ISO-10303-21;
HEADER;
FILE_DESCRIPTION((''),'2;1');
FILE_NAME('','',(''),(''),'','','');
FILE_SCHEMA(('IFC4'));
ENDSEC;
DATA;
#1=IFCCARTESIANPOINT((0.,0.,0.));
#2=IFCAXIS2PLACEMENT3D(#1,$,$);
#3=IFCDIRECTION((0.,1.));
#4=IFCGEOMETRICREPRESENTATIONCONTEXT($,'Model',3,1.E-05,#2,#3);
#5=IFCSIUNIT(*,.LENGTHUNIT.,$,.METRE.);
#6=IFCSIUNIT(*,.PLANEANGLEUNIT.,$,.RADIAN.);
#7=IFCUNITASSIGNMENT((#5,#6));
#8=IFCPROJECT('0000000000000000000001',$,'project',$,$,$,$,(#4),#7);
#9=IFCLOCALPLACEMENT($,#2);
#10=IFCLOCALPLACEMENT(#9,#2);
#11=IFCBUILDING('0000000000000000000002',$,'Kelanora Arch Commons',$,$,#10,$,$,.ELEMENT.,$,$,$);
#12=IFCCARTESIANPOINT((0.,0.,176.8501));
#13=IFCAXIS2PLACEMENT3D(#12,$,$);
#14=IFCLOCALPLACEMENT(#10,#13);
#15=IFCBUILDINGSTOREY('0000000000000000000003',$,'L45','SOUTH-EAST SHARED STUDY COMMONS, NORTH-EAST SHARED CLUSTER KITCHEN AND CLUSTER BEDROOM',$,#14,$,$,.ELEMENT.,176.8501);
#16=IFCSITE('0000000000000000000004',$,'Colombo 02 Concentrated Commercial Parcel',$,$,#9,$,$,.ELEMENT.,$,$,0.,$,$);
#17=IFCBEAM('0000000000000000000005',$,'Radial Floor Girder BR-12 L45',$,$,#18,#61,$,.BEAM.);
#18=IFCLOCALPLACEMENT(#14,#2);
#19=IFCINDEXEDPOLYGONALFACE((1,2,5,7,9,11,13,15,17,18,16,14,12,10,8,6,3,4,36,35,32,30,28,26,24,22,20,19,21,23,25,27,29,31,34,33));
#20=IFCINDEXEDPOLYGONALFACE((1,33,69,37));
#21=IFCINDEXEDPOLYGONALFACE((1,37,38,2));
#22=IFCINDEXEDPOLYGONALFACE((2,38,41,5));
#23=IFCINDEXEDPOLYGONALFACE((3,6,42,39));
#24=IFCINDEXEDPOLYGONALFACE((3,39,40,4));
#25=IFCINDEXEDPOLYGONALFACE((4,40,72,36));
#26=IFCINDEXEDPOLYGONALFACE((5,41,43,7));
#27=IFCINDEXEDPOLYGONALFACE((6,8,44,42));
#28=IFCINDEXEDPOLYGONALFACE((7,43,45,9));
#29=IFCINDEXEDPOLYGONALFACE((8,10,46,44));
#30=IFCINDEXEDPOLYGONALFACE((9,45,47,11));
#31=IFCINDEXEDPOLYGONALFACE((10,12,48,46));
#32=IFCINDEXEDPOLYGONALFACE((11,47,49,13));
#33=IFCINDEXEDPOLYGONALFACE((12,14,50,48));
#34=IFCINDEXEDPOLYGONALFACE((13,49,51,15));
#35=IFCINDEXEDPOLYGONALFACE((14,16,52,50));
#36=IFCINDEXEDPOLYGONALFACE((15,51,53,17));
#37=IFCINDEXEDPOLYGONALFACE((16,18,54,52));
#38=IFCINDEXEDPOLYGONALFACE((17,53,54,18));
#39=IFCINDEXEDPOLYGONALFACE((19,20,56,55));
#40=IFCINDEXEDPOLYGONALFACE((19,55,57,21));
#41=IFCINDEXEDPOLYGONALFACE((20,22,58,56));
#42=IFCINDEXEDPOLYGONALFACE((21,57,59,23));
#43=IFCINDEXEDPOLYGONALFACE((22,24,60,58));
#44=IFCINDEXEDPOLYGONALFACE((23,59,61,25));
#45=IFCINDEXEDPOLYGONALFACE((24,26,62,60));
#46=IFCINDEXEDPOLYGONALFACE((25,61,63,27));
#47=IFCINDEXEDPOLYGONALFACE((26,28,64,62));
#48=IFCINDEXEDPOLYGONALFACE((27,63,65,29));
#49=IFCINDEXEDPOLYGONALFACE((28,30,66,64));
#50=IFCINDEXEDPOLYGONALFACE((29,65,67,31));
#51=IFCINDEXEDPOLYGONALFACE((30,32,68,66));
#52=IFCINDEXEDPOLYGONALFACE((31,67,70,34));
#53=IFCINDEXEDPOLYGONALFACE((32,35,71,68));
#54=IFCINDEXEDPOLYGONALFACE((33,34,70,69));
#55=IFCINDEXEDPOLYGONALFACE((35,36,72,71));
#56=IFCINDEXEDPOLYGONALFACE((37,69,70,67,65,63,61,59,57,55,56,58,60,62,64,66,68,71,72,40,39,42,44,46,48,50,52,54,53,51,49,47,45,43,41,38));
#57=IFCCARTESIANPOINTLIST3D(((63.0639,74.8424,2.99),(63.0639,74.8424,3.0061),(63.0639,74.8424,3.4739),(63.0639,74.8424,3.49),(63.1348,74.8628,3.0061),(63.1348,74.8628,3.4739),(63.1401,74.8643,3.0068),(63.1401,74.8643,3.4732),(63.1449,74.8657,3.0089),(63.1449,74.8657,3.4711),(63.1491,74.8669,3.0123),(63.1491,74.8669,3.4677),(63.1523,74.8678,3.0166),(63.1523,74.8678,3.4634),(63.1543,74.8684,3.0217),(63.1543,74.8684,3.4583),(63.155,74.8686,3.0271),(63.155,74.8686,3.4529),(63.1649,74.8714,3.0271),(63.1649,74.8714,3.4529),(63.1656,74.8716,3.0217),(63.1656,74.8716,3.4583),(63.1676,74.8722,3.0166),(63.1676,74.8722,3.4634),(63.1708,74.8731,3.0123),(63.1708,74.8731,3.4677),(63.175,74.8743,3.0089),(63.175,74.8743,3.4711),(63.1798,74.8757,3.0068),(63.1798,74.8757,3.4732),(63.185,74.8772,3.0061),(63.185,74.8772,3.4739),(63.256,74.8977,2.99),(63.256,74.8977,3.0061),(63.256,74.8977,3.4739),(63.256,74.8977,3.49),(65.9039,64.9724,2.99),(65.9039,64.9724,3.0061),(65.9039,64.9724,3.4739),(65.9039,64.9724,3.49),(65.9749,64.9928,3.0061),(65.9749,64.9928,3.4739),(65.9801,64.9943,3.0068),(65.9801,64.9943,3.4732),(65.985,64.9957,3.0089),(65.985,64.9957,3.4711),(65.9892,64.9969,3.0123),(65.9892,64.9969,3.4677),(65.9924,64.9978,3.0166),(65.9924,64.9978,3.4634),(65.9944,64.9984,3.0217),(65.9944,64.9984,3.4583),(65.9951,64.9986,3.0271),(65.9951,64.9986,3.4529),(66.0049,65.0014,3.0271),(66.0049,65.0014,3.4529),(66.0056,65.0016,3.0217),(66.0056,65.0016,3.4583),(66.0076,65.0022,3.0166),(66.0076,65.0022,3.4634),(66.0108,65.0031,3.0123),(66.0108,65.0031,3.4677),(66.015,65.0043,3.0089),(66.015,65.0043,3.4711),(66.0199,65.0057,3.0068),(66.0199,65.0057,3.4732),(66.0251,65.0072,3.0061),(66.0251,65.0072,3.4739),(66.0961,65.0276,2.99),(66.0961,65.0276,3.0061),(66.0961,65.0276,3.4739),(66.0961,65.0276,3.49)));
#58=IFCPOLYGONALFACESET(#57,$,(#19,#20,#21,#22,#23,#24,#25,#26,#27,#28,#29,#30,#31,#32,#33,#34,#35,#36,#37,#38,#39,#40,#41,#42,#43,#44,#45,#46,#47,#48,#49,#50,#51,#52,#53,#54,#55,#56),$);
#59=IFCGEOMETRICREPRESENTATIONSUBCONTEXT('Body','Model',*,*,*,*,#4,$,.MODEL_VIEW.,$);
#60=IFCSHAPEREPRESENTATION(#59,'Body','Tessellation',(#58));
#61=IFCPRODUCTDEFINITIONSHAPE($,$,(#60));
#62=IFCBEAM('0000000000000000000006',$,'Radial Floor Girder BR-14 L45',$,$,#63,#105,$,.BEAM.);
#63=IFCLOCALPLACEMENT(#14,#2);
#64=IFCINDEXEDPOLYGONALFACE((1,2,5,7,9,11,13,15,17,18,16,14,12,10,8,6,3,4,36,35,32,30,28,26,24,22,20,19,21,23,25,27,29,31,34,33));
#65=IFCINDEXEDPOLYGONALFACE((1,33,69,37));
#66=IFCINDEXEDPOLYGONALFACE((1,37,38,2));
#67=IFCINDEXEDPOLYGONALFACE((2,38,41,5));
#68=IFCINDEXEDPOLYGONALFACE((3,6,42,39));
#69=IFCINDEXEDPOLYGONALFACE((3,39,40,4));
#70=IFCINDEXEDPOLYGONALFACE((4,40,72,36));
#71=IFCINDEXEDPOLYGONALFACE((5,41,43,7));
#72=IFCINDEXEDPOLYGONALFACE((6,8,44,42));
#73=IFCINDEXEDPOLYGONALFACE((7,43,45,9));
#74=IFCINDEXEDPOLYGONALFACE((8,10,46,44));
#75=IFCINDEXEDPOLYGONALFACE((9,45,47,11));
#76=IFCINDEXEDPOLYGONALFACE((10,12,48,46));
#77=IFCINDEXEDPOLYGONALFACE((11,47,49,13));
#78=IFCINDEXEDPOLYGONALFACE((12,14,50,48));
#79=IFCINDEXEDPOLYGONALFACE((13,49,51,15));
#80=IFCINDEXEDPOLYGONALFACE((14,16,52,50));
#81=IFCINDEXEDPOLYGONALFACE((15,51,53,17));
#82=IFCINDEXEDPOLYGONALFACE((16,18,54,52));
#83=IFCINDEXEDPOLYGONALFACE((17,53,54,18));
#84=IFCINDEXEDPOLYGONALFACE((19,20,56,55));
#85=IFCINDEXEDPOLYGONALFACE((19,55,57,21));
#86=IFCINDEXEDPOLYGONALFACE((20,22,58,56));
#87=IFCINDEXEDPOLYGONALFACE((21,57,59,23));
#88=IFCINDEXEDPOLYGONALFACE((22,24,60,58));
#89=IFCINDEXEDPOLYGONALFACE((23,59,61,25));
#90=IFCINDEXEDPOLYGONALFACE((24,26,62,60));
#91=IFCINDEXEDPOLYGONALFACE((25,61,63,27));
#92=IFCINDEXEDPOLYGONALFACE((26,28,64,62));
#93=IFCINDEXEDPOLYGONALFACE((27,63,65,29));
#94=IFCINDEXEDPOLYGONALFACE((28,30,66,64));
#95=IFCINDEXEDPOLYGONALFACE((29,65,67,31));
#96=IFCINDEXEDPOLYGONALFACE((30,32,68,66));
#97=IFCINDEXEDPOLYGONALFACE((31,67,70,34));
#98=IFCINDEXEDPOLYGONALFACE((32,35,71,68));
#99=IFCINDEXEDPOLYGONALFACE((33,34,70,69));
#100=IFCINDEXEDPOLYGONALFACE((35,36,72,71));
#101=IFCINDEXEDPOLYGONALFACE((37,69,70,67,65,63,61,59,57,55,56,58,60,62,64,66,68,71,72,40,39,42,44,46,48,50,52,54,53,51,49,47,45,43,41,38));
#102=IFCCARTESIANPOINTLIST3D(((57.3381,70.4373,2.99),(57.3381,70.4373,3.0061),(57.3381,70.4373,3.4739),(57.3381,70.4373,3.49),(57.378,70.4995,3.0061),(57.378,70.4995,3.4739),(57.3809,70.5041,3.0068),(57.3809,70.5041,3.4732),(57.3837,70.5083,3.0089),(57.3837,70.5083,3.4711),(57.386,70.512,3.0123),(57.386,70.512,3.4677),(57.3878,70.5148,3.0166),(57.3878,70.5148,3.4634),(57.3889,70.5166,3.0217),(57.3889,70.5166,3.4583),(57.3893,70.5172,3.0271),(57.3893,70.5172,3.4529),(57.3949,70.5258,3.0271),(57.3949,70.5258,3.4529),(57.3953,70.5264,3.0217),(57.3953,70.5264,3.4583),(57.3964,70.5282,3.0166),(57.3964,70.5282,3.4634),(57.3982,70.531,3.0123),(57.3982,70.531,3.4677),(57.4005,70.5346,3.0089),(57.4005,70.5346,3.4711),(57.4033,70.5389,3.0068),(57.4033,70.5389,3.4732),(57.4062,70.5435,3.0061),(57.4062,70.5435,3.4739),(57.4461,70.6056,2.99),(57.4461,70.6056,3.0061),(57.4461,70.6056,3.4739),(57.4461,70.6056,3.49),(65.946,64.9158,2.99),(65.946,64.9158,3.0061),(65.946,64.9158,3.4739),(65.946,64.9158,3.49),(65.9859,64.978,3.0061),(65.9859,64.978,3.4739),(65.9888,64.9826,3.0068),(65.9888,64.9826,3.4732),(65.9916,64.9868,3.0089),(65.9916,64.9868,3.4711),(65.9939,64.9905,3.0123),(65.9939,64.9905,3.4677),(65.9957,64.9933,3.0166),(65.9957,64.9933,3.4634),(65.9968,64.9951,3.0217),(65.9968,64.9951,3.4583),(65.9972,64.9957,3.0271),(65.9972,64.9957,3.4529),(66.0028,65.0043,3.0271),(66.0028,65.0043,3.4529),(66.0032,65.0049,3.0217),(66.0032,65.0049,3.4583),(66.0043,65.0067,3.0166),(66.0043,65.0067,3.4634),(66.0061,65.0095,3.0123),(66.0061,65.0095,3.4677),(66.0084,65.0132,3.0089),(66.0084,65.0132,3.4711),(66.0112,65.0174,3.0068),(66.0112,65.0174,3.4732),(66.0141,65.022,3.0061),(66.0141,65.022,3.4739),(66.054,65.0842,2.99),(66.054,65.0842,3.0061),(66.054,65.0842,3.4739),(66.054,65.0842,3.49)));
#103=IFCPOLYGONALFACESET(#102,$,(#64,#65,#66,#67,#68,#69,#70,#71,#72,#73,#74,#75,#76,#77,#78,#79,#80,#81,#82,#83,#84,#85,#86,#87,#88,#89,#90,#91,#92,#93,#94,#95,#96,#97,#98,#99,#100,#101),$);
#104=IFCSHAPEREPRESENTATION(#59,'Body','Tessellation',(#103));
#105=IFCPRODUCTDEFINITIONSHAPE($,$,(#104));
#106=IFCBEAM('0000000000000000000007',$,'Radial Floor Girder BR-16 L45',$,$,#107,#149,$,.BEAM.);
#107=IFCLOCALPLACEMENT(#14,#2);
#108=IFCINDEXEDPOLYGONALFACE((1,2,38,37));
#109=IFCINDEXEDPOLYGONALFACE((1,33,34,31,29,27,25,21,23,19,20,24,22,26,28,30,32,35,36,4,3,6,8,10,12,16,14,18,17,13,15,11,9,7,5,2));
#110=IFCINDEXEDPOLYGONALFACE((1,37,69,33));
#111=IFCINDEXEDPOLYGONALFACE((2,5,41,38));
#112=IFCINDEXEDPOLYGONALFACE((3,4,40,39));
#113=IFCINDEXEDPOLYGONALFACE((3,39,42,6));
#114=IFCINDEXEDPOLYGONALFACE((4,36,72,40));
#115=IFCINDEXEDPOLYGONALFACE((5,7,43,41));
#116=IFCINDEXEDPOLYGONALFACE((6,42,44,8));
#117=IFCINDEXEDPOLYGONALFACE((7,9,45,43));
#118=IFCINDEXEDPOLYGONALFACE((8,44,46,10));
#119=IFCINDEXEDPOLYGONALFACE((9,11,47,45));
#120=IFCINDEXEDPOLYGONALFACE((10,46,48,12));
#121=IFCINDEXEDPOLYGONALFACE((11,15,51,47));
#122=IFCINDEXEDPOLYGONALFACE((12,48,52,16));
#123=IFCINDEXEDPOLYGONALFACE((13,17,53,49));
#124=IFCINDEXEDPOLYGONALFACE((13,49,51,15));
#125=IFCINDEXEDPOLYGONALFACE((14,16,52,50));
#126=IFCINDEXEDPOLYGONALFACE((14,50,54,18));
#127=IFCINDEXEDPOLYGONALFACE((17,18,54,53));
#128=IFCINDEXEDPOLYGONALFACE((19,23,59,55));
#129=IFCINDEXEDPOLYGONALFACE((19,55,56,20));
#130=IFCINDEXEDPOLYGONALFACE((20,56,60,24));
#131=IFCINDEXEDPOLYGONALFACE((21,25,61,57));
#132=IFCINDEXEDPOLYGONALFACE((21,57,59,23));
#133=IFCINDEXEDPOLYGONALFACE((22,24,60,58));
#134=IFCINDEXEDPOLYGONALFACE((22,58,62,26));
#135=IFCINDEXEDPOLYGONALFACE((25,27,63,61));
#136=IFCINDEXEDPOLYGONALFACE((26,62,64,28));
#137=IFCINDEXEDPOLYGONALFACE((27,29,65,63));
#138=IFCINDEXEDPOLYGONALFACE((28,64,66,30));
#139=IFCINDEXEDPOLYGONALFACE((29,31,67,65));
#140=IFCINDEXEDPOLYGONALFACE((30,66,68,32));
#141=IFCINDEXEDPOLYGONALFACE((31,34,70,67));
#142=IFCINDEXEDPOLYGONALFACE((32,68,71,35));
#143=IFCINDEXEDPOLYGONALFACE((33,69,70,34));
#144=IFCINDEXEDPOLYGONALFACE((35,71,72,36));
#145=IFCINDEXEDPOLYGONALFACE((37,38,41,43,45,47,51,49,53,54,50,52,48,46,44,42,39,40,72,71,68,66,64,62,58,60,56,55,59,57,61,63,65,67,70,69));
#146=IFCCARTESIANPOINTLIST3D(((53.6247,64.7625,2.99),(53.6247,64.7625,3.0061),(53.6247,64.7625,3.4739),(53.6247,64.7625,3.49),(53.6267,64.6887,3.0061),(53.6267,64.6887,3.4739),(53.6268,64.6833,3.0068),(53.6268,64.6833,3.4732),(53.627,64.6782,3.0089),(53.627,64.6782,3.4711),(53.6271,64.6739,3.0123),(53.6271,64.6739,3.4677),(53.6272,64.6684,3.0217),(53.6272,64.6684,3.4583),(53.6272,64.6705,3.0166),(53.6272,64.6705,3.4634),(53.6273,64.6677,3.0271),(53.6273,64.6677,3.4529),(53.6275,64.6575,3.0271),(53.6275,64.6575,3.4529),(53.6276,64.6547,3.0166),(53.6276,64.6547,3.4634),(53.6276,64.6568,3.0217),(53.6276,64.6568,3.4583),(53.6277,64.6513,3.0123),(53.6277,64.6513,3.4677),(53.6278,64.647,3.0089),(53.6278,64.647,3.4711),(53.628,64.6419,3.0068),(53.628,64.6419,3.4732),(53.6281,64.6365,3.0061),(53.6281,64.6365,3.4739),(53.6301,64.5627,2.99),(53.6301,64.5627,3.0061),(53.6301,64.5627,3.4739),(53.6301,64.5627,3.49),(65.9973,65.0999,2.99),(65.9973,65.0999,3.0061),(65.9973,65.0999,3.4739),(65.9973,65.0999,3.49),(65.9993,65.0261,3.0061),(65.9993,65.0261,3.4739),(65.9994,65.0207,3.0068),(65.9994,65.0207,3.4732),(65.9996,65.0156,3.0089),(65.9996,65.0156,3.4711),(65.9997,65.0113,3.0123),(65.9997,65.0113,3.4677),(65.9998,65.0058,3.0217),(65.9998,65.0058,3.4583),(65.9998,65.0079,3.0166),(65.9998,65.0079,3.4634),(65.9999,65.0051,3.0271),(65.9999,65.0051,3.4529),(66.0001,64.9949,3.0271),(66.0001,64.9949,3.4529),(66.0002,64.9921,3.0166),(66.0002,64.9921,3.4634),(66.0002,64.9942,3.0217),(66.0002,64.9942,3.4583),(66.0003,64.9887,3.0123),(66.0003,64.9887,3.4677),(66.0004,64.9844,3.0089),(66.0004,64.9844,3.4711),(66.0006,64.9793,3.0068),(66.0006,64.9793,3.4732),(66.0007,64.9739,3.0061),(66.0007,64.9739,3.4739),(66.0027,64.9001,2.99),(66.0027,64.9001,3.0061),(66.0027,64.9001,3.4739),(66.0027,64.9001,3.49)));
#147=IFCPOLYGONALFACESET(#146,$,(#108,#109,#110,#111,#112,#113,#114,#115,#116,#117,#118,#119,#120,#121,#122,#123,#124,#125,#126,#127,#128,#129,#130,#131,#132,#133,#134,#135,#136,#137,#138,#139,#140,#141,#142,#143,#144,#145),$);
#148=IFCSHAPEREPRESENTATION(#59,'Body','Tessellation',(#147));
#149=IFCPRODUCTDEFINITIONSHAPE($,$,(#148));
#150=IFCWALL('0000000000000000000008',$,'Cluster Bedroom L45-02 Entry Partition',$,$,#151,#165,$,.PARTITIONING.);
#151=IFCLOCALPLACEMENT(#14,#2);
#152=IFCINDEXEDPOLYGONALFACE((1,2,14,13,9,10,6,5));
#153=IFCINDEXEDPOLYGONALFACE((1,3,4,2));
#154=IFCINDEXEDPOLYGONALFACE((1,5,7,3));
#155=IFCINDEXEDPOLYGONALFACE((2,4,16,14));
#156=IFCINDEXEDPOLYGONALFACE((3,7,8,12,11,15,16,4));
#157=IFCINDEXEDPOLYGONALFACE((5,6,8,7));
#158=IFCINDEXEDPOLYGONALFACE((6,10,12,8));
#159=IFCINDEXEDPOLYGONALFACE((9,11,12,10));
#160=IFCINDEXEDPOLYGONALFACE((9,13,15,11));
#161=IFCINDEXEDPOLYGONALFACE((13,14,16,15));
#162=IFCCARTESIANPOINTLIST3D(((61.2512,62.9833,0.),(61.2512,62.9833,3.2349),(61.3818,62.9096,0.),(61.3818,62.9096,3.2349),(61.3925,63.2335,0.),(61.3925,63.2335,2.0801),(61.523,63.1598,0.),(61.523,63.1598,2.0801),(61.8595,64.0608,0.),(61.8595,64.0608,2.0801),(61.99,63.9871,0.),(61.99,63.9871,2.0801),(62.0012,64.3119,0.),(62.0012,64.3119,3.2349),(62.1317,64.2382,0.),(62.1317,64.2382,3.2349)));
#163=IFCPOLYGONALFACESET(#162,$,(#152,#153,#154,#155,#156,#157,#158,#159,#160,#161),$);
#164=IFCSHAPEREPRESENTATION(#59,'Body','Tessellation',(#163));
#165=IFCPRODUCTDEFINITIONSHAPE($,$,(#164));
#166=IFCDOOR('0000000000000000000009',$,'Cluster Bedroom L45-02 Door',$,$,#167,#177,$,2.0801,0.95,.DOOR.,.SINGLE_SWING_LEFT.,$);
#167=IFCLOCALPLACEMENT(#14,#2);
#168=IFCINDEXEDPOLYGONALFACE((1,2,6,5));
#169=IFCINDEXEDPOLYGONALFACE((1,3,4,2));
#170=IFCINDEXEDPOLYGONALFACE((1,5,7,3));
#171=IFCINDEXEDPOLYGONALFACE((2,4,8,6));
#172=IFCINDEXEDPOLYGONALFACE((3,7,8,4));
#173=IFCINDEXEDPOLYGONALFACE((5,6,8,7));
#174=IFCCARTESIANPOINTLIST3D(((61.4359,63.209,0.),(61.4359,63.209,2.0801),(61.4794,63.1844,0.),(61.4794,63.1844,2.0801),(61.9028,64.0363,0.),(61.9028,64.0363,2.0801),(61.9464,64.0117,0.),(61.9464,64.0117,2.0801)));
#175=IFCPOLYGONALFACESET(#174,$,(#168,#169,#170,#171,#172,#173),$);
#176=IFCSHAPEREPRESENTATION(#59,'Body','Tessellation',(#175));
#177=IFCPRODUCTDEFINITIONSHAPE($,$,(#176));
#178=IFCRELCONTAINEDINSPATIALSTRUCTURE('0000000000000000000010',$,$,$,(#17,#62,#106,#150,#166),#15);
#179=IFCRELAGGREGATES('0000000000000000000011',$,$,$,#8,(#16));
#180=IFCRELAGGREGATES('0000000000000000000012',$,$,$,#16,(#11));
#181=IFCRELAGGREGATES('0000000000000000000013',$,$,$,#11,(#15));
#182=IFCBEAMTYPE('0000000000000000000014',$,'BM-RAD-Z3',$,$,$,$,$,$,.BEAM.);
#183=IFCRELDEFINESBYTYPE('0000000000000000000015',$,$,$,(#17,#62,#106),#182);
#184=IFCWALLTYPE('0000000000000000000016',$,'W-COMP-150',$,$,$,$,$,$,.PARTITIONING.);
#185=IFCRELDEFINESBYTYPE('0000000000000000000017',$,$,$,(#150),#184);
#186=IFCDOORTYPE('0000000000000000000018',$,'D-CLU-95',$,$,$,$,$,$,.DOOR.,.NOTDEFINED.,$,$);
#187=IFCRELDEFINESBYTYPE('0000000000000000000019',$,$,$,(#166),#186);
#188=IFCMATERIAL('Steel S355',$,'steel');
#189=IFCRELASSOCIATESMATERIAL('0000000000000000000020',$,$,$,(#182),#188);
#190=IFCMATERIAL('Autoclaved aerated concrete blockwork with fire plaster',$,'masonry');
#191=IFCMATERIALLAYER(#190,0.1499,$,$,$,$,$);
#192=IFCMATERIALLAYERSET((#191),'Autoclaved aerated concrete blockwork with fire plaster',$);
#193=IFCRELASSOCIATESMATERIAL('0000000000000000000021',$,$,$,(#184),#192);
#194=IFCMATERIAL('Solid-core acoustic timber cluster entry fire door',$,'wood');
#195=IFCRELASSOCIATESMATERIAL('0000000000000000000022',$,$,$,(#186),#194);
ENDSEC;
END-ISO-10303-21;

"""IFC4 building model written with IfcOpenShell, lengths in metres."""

from ifc_helpers import new_model, si_unit, direction, frame, frame_2d, origin, origin_2d, place, context, subcontext, project, spatial, rectangle, i_section, extrude, material, layer, layer_set, material_profile, profile_set, type_object, element, fill, save


model = new_model("IFC4")

# Units and contexts
model_context = context("Model", 3, precision=1e-05, world=origin(), true_north=direction((0.0, 1.0)))
body_context = subcontext(model_context, "Body", "Model", "MODEL_VIEW")
ifc_project = project(units=[si_unit("LENGTHUNIT", "METRE"), si_unit("PLANEANGLEUNIT", "RADIAN")], contexts=[model_context])

# Site, building, storey
site_placement = place(None, origin())
site = spatial("IfcSite", under=ifc_project, at=site_placement, Name="Colombo 02 Concentrated Commercial Parcel", CompositionType="ELEMENT", RefElevation=0.0)
building_placement = place(site_placement, origin())
building = spatial("IfcBuilding", under=site, at=building_placement, Name="Kelanora Arch Commons", CompositionType="ELEMENT")
storey_placement = place(building_placement, frame((0.0, 0.0, 176.8501)))
storey = spatial("IfcBuildingStorey", under=building, at=storey_placement, Name="L45", Description="SOUTH-EAST SHARED STUDY COMMONS, NORTH-EAST SHARED CLUSTER KITCHEN AND CLUSTER BEDROOM", CompositionType="ELEMENT", Elevation=176.8501)

# Beams
ifc_material_1 = material(Name="Steel S355", Category="steel")
ifc_material_profile_1 = material_profile(ifc_material_1, i_section(OverallWidth=0.2, OverallDepth=0.5, WebThickness=0.0103, FlangeThickness=0.0161, FilletRadius=0.021, at=origin_2d()), Name="IPE500")
ifc_profile_set_1 = profile_set([ifc_material_profile_1], Name="Steel S355")
beam_type_1 = type_object("IfcBeamType", Name="BM-RAD-Z3", PredefinedType="BEAM", material=ifc_profile_set_1)
beam_1_placement = place(storey_placement, frame((66.0, 65.0, 3.24), z_axis=(-0.276526, 0.961006, 0.0), x_axis=(-0.961006, -0.276526, 0.0)))
element("IfcBeam", 1, at=beam_1_placement, inside=storey, type_object=beam_type_1, Name="Radial Floor Girder BR-12 L45", PredefinedType="BEAM", context=body_context, shape_type="SweptSolid", body=[
    extrude(i_section(OverallWidth=0.2, OverallDepth=0.5, WebThickness=0.0103, FlangeThickness=0.0161, FilletRadius=0.021, at=origin_2d()), origin(), (0.0, 0.0, 1.0), 10.2705),
])
beam_2_placement = place(storey_placement, frame((66.0, 65.0, 3.24), z_axis=(-0.841719, 0.539915, 0.0), x_axis=(-0.539915, -0.841719, 0.0)))
element("IfcBeam", 2, at=beam_2_placement, inside=storey, type_object=beam_type_1, Name="Radial Floor Girder BR-14 L45", PredefinedType="BEAM", context=body_context, shape_type="SweptSolid", body=[
    extrude(i_section(OverallWidth=0.2, OverallDepth=0.5, WebThickness=0.0103, FlangeThickness=0.0161, FilletRadius=0.021, at=origin_2d()), origin(), (0.0, 0.0, 1.0), 10.2266),
])
beam_3_placement = place(storey_placement, frame((66.0, 65.0, 3.24), z_axis=(-0.999628, -0.02726, 0.0), x_axis=(0.02726, -0.999628, 0.0)))
element("IfcBeam", 3, at=beam_3_placement, inside=storey, type_object=beam_type_1, Name="Radial Floor Girder BR-16 L45", PredefinedType="BEAM", context=body_context, shape_type="SweptSolid", body=[
    extrude(i_section(OverallWidth=0.2, OverallDepth=0.5, WebThickness=0.0103, FlangeThickness=0.0161, FilletRadius=0.021, at=origin_2d()), origin(), (0.0, 0.0, 1.0), 12.3772),
])

# Wall, opening, door
ifc_material_2 = material(Name="Autoclaved aerated concrete blockwork with fire plaster", Category="masonry")
ifc_layer_1 = layer(ifc_material_2, 0.1499)
ifc_layer_set_1 = layer_set([ifc_layer_1], Name="Autoclaved aerated concrete blockwork with fire plaster")
wall_type_1 = type_object("IfcWallType", Name="W-COMP-150", PredefinedType="PARTITIONING", material=ifc_layer_set_1)
wall_1_placement = place(storey_placement, frame((62.0664, 64.2749, 0.0), z_axis=(0.0, 0.0, 1.0), x_axis=(-0.491583, -0.870831, 0.0)))
wall_1 = element("IfcWall", 4, at=wall_1_placement, inside=storey, type_object=wall_type_1, Name="Cluster Bedroom L45-02 Entry Partition", PredefinedType="PARTITIONING", context=body_context, shape_type="SweptSolid", body=[
    extrude(rectangle(XDim=1.5256, YDim=0.1499, at=frame_2d((0.7627, 0.0))), origin(), (0.0, 0.0, 1.0), 3.2349),
])
opening_1_placement = place(wall_1_placement, frame((0.2881, 0.0, 0.0)))
opening_1 = element("IfcOpeningElement", 5, at=opening_1_placement, cuts=wall_1, PredefinedType="OPENING", context=body_context, shape_type="SweptSolid", body=[
    extrude(rectangle(XDim=0.95, YDim=2.0801, at=frame_2d((0.4751, 1.04))), frame((0.0, 0.085, 0.0), z_axis=(0.0, -1.0, 0.0), x_axis=(1.0, 0.0, 0.0)), (0.0, 0.0, 1.0), 0.1699),
])
ifc_material_3 = material(Name="Solid-core acoustic timber cluster entry fire door", Category="wood")
door_type_1 = type_object("IfcDoorType", Name="D-CLU-95", OperationType="NOTDEFINED", PredefinedType="DOOR", material=ifc_material_3)
door_1_placement = place(opening_1_placement, origin())
door_1 = element("IfcDoor", 6, at=door_1_placement, inside=storey, type_object=door_type_1, Name="Cluster Bedroom L45-02 Door", OperationType="SINGLE_SWING_LEFT", OverallHeight=2.0801, OverallWidth=0.95, PredefinedType="DOOR", context=body_context, shape_type="SweptSolid", body=[
    extrude(rectangle(XDim=0.95, YDim=2.0801, at=frame_2d((0.4751, 1.04))), frame((0.0, 0.0249, 0.0), z_axis=(0.0, -1.0, 0.0), x_axis=(1.0, 0.0, 0.0)), (0.0, 0.0, 1.0), 0.05),
])
fill(opening_1, door_1)

save(model, "model.ifc")
